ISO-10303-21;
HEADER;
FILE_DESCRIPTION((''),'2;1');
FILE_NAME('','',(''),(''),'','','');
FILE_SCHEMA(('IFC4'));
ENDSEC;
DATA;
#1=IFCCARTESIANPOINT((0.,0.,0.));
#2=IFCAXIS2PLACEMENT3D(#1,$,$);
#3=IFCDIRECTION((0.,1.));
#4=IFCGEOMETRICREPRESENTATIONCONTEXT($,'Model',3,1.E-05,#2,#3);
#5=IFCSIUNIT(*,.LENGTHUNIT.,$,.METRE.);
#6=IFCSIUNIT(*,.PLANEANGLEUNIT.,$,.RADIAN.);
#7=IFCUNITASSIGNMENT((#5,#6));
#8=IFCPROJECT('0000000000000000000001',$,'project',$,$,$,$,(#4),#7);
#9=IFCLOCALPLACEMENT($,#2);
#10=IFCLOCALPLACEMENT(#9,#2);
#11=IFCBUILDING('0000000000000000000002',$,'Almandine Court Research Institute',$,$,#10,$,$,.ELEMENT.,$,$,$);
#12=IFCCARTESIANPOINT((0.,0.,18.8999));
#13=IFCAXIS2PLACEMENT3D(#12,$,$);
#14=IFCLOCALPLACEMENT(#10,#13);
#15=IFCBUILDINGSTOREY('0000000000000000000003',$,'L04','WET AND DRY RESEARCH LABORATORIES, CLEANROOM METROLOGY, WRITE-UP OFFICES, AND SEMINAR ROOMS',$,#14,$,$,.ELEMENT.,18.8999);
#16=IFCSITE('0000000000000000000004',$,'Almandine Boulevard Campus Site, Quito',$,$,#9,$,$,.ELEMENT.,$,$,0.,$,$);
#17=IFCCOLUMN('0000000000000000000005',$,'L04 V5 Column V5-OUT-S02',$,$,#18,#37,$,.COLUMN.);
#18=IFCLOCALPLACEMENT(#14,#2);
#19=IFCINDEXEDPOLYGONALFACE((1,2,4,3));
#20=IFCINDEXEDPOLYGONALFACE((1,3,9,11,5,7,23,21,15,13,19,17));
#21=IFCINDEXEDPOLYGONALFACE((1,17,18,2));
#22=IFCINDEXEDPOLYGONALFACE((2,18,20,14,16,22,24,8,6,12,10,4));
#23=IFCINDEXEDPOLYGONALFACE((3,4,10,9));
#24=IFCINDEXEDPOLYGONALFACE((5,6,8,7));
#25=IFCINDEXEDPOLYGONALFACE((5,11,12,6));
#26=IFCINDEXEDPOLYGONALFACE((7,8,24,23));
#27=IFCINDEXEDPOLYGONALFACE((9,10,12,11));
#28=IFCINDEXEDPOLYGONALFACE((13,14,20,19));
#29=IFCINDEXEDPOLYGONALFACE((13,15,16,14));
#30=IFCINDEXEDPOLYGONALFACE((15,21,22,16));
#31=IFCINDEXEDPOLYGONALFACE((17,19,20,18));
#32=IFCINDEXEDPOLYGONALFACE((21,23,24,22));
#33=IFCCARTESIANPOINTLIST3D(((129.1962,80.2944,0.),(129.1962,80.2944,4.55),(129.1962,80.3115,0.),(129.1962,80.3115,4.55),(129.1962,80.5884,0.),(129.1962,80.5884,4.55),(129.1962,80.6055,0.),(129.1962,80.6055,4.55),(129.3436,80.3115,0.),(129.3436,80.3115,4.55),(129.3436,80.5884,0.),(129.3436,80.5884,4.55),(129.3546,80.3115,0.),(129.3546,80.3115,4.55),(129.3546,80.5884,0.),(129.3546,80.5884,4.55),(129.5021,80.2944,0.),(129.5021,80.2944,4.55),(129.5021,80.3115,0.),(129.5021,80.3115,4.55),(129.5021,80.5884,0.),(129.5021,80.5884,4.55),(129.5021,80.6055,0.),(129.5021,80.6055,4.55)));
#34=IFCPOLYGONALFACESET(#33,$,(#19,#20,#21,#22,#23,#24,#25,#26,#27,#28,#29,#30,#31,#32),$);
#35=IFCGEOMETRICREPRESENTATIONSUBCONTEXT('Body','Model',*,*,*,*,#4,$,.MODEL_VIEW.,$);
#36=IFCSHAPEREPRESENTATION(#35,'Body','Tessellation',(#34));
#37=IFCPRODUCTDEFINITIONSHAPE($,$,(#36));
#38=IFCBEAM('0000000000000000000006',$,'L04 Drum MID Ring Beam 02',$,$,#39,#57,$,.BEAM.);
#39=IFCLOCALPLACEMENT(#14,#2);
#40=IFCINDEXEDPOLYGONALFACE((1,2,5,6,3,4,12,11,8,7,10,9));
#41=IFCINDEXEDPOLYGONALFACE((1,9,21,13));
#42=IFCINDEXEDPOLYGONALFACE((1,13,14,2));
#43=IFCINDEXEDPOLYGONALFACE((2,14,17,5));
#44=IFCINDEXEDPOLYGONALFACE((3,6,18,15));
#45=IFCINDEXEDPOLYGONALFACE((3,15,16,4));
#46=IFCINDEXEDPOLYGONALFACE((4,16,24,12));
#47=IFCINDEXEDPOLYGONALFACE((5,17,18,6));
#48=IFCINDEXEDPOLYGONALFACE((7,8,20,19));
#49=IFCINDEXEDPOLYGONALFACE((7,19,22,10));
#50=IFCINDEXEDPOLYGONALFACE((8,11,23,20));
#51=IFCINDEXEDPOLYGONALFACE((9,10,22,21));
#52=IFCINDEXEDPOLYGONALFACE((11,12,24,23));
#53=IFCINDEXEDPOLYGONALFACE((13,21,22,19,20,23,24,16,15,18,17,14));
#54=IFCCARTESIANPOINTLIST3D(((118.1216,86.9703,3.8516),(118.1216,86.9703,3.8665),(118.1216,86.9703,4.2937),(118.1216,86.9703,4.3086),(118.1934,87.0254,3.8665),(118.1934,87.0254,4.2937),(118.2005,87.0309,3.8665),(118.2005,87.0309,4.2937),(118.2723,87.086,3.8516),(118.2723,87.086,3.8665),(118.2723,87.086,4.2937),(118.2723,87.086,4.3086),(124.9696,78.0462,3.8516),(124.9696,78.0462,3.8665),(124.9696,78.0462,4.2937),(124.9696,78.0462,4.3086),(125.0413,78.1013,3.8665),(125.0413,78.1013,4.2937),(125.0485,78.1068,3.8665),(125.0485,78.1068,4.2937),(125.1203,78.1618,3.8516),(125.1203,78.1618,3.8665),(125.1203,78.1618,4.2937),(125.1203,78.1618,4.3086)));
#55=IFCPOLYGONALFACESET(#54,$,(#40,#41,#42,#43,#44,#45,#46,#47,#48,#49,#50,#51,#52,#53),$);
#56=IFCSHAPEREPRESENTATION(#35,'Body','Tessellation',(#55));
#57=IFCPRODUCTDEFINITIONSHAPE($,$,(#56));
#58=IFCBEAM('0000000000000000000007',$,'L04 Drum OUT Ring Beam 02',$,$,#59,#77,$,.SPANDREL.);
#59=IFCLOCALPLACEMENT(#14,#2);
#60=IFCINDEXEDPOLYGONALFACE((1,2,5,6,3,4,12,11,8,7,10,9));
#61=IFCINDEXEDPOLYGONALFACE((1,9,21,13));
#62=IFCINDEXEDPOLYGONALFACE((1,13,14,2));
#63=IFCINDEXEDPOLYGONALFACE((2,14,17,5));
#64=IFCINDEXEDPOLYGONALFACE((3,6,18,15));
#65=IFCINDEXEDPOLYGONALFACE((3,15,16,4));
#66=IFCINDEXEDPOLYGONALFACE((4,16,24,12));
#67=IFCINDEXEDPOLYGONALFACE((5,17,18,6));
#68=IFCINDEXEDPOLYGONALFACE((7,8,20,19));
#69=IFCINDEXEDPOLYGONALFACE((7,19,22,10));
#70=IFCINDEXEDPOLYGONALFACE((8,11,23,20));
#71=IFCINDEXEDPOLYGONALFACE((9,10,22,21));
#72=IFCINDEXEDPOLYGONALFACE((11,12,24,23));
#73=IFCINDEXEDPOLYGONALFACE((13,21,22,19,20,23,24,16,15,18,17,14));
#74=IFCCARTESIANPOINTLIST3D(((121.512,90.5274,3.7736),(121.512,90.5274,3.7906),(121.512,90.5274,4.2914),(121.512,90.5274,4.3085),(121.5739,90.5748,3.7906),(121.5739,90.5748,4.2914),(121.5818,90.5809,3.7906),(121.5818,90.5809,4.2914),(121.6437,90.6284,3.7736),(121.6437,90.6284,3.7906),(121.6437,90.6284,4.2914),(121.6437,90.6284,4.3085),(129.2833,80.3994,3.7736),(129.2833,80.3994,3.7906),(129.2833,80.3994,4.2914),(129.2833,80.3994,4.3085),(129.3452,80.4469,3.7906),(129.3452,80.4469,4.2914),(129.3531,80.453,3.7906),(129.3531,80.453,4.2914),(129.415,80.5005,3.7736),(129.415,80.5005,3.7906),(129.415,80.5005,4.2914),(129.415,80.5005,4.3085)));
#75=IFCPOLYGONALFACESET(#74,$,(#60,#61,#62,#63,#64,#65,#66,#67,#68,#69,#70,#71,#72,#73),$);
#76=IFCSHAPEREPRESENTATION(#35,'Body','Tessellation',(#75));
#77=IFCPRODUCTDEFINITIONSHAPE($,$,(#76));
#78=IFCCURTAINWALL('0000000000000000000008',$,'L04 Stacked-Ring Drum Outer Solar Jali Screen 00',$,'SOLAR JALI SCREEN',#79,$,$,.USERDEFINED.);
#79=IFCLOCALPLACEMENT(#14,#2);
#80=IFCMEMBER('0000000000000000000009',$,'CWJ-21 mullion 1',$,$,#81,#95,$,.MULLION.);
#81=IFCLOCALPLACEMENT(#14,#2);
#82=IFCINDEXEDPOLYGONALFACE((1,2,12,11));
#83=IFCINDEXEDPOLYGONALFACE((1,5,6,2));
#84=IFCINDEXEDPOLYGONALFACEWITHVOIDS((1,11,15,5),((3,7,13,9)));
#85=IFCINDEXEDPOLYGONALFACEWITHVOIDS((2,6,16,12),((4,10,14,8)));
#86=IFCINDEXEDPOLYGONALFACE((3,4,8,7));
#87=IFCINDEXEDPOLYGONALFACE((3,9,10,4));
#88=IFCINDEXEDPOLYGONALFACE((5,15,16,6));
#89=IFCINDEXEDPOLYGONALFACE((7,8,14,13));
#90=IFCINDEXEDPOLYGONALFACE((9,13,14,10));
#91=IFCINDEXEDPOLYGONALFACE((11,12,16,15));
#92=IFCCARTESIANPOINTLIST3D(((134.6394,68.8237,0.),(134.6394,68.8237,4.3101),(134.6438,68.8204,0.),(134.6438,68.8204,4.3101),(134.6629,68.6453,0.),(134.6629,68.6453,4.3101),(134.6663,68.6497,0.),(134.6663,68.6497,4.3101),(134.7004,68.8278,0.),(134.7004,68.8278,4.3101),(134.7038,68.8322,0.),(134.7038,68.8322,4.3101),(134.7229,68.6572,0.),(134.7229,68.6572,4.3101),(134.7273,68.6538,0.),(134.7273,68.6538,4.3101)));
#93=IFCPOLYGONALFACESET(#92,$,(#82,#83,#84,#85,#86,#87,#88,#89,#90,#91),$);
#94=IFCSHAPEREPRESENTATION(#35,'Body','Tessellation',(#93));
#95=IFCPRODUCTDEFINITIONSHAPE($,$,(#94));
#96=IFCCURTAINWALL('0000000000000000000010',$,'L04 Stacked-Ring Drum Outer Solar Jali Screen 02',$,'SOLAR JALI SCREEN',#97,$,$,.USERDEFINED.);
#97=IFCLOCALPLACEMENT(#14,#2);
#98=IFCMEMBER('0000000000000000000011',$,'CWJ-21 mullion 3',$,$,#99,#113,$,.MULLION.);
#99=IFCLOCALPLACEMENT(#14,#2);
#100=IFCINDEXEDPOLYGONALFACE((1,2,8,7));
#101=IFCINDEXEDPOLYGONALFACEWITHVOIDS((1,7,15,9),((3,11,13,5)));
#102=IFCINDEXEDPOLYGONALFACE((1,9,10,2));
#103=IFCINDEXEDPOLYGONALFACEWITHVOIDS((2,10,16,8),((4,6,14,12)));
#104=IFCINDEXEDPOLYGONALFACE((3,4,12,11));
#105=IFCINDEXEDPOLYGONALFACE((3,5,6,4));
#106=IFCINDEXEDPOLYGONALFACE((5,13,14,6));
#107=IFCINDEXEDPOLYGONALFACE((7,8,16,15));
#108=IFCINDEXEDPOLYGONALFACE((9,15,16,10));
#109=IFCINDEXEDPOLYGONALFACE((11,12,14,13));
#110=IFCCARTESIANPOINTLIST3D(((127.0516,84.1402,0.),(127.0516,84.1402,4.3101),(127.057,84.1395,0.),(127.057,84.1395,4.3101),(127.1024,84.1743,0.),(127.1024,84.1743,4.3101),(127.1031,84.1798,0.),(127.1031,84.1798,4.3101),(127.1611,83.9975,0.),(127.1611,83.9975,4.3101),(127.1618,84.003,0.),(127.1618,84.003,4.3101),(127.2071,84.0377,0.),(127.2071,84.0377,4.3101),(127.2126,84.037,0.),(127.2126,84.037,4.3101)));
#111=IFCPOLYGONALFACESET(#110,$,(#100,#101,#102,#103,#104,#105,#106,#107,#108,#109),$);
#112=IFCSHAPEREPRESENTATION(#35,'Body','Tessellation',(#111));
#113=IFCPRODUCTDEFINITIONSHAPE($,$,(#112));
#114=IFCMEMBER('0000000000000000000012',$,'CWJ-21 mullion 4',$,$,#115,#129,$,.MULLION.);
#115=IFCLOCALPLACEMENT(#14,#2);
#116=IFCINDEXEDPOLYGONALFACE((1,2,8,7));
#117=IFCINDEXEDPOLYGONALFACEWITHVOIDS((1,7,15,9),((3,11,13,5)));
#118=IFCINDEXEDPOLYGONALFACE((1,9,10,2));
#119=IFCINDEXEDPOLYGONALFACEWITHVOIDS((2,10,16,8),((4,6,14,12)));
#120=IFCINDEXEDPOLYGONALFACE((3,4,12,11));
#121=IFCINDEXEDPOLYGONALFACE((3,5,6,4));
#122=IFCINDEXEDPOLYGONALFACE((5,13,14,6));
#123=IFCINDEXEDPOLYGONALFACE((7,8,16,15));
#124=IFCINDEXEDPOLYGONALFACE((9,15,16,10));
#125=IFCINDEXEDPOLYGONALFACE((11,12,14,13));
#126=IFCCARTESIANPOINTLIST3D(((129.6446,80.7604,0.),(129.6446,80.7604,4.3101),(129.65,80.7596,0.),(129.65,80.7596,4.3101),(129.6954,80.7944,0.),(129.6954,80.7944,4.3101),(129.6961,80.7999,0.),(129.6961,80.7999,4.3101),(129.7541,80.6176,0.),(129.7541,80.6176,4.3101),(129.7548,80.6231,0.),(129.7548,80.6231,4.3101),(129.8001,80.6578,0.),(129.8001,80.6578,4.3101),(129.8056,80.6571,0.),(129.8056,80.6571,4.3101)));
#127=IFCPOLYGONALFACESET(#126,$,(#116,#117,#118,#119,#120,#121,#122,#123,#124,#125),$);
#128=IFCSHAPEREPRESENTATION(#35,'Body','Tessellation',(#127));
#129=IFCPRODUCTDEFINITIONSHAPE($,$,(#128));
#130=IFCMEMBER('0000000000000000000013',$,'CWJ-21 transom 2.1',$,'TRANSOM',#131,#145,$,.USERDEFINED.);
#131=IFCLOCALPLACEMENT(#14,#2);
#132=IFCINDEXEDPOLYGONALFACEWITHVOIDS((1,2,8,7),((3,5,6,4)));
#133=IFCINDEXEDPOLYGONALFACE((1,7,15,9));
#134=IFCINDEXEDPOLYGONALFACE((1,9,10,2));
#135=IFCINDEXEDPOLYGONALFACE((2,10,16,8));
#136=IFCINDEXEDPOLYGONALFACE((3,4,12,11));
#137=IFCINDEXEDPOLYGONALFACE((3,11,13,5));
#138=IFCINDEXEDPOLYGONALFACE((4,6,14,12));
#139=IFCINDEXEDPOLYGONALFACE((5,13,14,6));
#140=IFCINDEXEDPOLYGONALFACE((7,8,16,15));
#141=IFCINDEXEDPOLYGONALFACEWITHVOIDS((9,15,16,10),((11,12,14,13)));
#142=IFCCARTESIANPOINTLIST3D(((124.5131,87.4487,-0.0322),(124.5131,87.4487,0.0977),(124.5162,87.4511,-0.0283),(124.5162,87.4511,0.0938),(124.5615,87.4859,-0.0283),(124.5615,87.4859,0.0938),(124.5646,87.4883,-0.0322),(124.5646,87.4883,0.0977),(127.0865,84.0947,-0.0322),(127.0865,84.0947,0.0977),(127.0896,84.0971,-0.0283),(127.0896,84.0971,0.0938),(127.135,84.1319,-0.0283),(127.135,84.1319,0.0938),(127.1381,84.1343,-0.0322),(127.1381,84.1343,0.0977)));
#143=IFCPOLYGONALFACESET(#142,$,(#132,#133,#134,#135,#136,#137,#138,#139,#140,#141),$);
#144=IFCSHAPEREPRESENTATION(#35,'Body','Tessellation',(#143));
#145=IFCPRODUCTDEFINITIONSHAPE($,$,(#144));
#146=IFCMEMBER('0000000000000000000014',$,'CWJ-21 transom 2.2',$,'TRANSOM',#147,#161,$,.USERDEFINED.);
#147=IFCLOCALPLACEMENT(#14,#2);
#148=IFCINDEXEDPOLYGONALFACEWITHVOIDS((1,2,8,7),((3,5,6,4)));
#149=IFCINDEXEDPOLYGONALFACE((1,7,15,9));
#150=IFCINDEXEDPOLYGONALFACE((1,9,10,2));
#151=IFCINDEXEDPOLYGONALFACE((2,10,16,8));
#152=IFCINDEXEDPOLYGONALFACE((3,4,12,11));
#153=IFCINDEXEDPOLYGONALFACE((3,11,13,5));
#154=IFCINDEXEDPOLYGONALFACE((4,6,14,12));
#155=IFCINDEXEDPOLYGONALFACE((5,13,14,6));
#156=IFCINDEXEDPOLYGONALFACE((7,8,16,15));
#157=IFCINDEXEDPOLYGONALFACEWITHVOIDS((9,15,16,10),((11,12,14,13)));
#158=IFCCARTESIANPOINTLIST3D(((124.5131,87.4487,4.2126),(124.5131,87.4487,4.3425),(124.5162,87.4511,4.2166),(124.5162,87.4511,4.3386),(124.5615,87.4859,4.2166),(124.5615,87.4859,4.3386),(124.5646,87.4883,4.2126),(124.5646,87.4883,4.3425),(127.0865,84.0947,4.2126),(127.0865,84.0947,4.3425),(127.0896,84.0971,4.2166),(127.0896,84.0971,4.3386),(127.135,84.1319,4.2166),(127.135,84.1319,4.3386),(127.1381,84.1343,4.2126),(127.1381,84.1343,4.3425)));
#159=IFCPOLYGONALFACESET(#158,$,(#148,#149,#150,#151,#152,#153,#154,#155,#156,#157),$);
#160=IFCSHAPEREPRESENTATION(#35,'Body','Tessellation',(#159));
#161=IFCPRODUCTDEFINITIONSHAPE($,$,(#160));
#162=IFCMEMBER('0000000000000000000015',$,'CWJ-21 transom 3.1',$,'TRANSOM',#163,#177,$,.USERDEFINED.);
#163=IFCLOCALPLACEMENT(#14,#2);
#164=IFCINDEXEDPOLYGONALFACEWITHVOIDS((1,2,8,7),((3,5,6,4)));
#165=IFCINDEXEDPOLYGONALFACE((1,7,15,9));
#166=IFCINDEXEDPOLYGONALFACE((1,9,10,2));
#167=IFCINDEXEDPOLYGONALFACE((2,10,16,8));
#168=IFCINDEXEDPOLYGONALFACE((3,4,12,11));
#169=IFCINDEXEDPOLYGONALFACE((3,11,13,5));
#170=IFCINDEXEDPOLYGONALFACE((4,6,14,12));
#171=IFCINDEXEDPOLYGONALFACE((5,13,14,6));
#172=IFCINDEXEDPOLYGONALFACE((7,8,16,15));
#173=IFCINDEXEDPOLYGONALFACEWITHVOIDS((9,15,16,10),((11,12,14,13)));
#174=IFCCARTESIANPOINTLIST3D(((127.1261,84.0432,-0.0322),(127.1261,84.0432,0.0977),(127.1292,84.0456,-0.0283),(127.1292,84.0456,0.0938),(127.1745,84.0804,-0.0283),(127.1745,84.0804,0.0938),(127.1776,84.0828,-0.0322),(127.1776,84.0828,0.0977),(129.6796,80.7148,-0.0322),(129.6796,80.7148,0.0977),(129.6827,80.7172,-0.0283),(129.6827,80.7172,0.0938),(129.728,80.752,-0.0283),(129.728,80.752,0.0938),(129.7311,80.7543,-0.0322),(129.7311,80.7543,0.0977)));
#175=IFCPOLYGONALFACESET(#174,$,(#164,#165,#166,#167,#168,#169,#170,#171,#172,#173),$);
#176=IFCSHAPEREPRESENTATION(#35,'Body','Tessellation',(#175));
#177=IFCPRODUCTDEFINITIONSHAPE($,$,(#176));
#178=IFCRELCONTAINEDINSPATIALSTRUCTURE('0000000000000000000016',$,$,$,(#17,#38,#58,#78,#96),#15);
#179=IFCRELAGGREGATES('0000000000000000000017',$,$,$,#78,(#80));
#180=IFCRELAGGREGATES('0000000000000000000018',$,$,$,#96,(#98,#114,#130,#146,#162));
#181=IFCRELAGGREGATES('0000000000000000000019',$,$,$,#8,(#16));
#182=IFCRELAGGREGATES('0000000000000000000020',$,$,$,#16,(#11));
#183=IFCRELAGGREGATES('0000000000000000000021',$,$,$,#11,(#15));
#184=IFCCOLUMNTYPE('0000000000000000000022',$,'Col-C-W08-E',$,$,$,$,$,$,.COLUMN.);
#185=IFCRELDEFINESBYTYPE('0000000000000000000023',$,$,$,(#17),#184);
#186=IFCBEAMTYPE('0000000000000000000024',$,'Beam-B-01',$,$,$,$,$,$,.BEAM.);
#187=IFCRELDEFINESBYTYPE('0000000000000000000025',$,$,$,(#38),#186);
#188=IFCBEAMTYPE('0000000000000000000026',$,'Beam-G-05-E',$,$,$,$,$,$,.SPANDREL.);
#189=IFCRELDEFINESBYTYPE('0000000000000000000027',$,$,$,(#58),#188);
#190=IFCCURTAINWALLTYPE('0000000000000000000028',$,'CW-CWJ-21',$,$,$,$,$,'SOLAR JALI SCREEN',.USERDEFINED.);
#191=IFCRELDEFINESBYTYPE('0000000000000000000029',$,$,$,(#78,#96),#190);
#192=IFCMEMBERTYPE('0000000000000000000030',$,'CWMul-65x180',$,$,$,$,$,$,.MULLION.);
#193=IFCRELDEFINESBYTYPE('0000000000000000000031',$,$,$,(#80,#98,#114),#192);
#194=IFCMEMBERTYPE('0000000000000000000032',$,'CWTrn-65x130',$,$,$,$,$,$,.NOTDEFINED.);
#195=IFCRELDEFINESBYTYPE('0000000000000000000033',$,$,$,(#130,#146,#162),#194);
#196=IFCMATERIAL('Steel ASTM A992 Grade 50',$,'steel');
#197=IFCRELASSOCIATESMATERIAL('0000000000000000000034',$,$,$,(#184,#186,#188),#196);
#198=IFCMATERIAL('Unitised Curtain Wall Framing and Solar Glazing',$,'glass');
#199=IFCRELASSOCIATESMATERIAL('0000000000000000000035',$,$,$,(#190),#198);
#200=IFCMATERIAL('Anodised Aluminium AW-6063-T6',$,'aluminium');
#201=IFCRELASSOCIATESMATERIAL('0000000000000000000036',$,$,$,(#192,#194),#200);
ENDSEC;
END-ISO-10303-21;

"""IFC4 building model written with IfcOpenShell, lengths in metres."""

from ifc_helpers import new_model, si_unit, direction, frame, origin, origin_2d, place, context, subcontext, project, spatial, hollow_rectangle, i_section, extrude, material, material_profile, profile_set, type_object, element, aggregate, save


model = new_model("IFC4")

# Units and contexts
model_context = context("Model", 3, precision=1e-05, world=origin(), true_north=direction((0.0, 1.0)))
body_context = subcontext(model_context, "Body", "Model", "MODEL_VIEW")
ifc_project = project(units=[si_unit("LENGTHUNIT", "METRE"), si_unit("PLANEANGLEUNIT", "RADIAN")], contexts=[model_context])

# Site, building, storey
site_placement = place(None, origin())
site = spatial("IfcSite", under=ifc_project, at=site_placement, Name="Almandine Boulevard Campus Site, Quito", CompositionType="ELEMENT", RefElevation=0.0)
building_placement = place(site_placement, origin())
building = spatial("IfcBuilding", under=site, at=building_placement, Name="Almandine Court Research Institute", CompositionType="ELEMENT")
storey_placement = place(building_placement, frame((0.0, 0.0, 18.8999)))
storey = spatial("IfcBuildingStorey", under=building, at=storey_placement, Name="L04", Description="WET AND DRY RESEARCH LABORATORIES, CLEANROOM METROLOGY, WRITE-UP OFFICES, AND SEMINAR ROOMS", CompositionType="ELEMENT", Elevation=18.8999)

# Column
ifc_material_1 = material(Name="Steel ASTM A992 Grade 50", Category="steel")
ifc_material_profile_1 = material_profile(ifc_material_1, i_section(OverallWidth=0.3059, OverallDepth=0.311, WebThickness=0.011, FlangeThickness=0.0171, at=origin_2d()), Name="W310x107")
ifc_profile_set_1 = profile_set([ifc_material_profile_1], Name="Steel ASTM A992 Grade 50")
column_type = type_object("IfcColumnType", Name="Col-C-W08-E", PredefinedType="COLUMN", material=ifc_profile_set_1)
column_placement = place(storey_placement, frame((129.3491, 80.45, 0.0), z_axis=(0.0, 0.0, 1.0), x_axis=(1.0, 0.0, 0.0)))
element("IfcColumn", 1, at=column_placement, inside=storey, type_object=column_type, Name="L04 V5 Column V5-OUT-S02", PredefinedType="COLUMN", context=body_context, shape_type="SweptSolid", body=[
    extrude(i_section(OverallWidth=0.3059, OverallDepth=0.311, WebThickness=0.011, FlangeThickness=0.0171, at=origin_2d()), origin(), (0.0, 0.0, 1.0), 4.55),
])

# Beams
ifc_material_profile_2 = material_profile(ifc_material_1, i_section(OverallWidth=0.1899, OverallDepth=0.457, WebThickness=0.009, FlangeThickness=0.0149, at=origin_2d()), Name="W460x74")
ifc_profile_set_2 = profile_set([ifc_material_profile_2], Name="Steel ASTM A992 Grade 50")
beam_type_1 = type_object("IfcBeamType", Name="Beam-B-01", PredefinedType="BEAM", material=ifc_profile_set_2)
beam_1_placement = place(storey_placement, frame((125.0449, 78.104, 4.0801), z_axis=(-0.608774, 0.793344, 0.0), x_axis=(-0.793344, -0.608774, 0.0)))
element("IfcBeam", 2, at=beam_1_placement, inside=storey, type_object=beam_type_1, Name="L04 Drum MID Ring Beam 02", PredefinedType="BEAM", context=body_context, shape_type="SweptSolid", body=[
    extrude(i_section(OverallWidth=0.1899, OverallDepth=0.457, WebThickness=0.009, FlangeThickness=0.0149, at=origin_2d()), origin(), (0.0, 0.0, 1.0), 11.2488),
])
ifc_material_profile_3 = material_profile(ifc_material_1, i_section(OverallWidth=0.166, OverallDepth=0.5349, WebThickness=0.01, FlangeThickness=0.0171, at=origin_2d()), Name="W530x85")
ifc_profile_set_3 = profile_set([ifc_material_profile_3], Name="Steel ASTM A992 Grade 50")
beam_type_2 = type_object("IfcBeamType", Name="Beam-G-05-E", PredefinedType="SPANDREL", material=ifc_profile_set_3)
beam_2_placement = place(storey_placement, frame((129.3491, 80.45, 4.041), z_axis=(-0.608752, 0.793361, 0.0), x_axis=(-0.793361, -0.608752, 0.0)))
element("IfcBeam", 3, at=beam_2_placement, inside=storey, type_object=beam_type_2, Name="L04 Drum OUT Ring Beam 02", PredefinedType="SPANDREL", context=body_context, shape_type="SweptSolid", body=[
    extrude(i_section(OverallWidth=0.166, OverallDepth=0.5349, WebThickness=0.01, FlangeThickness=0.0171, at=origin_2d()), origin(), (0.0, 0.0, 1.0), 12.7659),
])

# Curtain wall, member
ifc_material_2 = material(Name="Unitised Curtain Wall Framing and Solar Glazing", Category="glass")
curtain_wall_type = type_object("IfcCurtainWallType", Name="CW-CWJ-21", ElementType="SOLAR JALI SCREEN", PredefinedType="USERDEFINED", material=ifc_material_2)
curtain_wall_1_placement = place(storey_placement, origin())
curtain_wall_1 = element("IfcCurtainWall", 4, at=curtain_wall_1_placement, inside=storey, type_object=curtain_wall_type, Name="L04 Stacked-Ring Drum Outer Solar Jali Screen 00", ObjectType="SOLAR JALI SCREEN", PredefinedType="USERDEFINED")
ifc_material_3 = material(Name="Anodised Aluminium AW-6063-T6", Category="aluminium")
ifc_material_profile_4 = material_profile(ifc_material_3, hollow_rectangle(XDim=0.0649, YDim=0.1799, WallThickness=0.0039, at=origin_2d()), Name="ALU RHS 65x180x4")
ifc_profile_set_4 = profile_set([ifc_material_profile_4], Name="Anodised Aluminium AW-6063-T6")
member_type_1 = type_object("IfcMemberType", Name="CWMul-65x180", PredefinedType="MULLION", material=ifc_profile_set_4)
member_1_placement = place(storey_placement, frame((134.6833, 68.7388, 0.0), z_axis=(0.0, 0.0, 1.0), x_axis=(0.991443, 0.130541, 0.0)))
member_1 = element("IfcMember", 5, at=member_1_placement, type_object=member_type_1, Name="CWJ-21 mullion 1", PredefinedType="MULLION", context=body_context, shape_type="SweptSolid", body=[
    extrude(hollow_rectangle(XDim=0.0649, YDim=0.1799, WallThickness=0.0039, at=origin_2d()), origin(), (0.0, 0.0, 1.0), 4.3101),
])
aggregate(curtain_wall_1, [member_1])

# Curtain wall, members
curtain_wall_2_placement = place(storey_placement, origin())
curtain_wall_2 = element("IfcCurtainWall", 6, at=curtain_wall_2_placement, inside=storey, type_object=curtain_wall_type, Name="L04 Stacked-Ring Drum Outer Solar Jali Screen 02", ObjectType="SOLAR JALI SCREEN", PredefinedType="USERDEFINED")
member_2_placement = place(storey_placement, frame((127.1321, 84.0886, 0.0), z_axis=(0.0, 0.0, 1.0), x_axis=(0.793383, 0.608723, 0.0)))
member_2 = element("IfcMember", 7, at=member_2_placement, type_object=member_type_1, Name="CWJ-21 mullion 3", PredefinedType="MULLION", context=body_context, shape_type="SweptSolid", body=[
    extrude(hollow_rectangle(XDim=0.0649, YDim=0.1799, WallThickness=0.0039, at=origin_2d()), origin(), (0.0, 0.0, 1.0), 4.3101),
])
member_3_placement = place(storey_placement, frame((129.7251, 80.7087, 0.0), z_axis=(0.0, 0.0, 1.0), x_axis=(0.793383, 0.608723, 0.0)))
member_3 = element("IfcMember", 8, at=member_3_placement, type_object=member_type_1, Name="CWJ-21 mullion 4", PredefinedType="MULLION", context=body_context, shape_type="SweptSolid", body=[
    extrude(hollow_rectangle(XDim=0.0649, YDim=0.1799, WallThickness=0.0039, at=origin_2d()), origin(), (0.0, 0.0, 1.0), 4.3101),
])
ifc_material_profile_5 = material_profile(ifc_material_3, hollow_rectangle(XDim=0.0649, YDim=0.1299, WallThickness=0.0039, at=origin_2d()), Name="ALU RHS 65x130x4")
ifc_profile_set_5 = profile_set([ifc_material_profile_5], Name="Anodised Aluminium AW-6063-T6")
member_type_2 = type_object("IfcMemberType", Name="CWTrn-65x130", PredefinedType="NOTDEFINED", material=ifc_profile_set_5)
member_4_placement = place(storey_placement, frame((124.5388, 87.4685, 0.0327), z_axis=(0.608742, -0.793368, 0.0), x_axis=(0.793368, 0.608742, 0.0)))
member_4 = element("IfcMember", 9, at=member_4_placement, type_object=member_type_2, Name="CWJ-21 transom 2.1", ObjectType="TRANSOM", PredefinedType="USERDEFINED", context=body_context, shape_type="SweptSolid", body=[
    extrude(hollow_rectangle(XDim=0.0649, YDim=0.1299, WallThickness=0.0039, at=origin_2d()), origin(), (0.0, 0.0, 1.0), 4.2275),
])
member_5_placement = place(storey_placement, frame((124.5388, 87.4685, 4.2776), z_axis=(0.608742, -0.793368, 0.0), x_axis=(0.793368, 0.608742, 0.0)))
member_5 = element("IfcMember", 10, at=member_5_placement, type_object=member_type_2, Name="CWJ-21 transom 2.2", ObjectType="TRANSOM", PredefinedType="USERDEFINED", context=body_context, shape_type="SweptSolid", body=[
    extrude(hollow_rectangle(XDim=0.0649, YDim=0.1299, WallThickness=0.0039, at=origin_2d()), origin(), (0.0, 0.0, 1.0), 4.2275),
])
member_6_placement = place(storey_placement, frame((127.1519, 84.063, 0.0327), z_axis=(0.608689, -0.793409, 0.0), x_axis=(0.793409, 0.608689, 0.0)))
member_6 = element("IfcMember", 11, at=member_6_placement, type_object=member_type_2, Name="CWJ-21 transom 3.1", ObjectType="TRANSOM", PredefinedType="USERDEFINED", context=body_context, shape_type="SweptSolid", body=[
    extrude(hollow_rectangle(XDim=0.0649, YDim=0.1299, WallThickness=0.0039, at=origin_2d()), origin(), (0.0, 0.0, 1.0), 4.1951),
])
aggregate(curtain_wall_2, [member_2, member_3, member_4, member_5, member_6])

save(model, "model.ifc")
